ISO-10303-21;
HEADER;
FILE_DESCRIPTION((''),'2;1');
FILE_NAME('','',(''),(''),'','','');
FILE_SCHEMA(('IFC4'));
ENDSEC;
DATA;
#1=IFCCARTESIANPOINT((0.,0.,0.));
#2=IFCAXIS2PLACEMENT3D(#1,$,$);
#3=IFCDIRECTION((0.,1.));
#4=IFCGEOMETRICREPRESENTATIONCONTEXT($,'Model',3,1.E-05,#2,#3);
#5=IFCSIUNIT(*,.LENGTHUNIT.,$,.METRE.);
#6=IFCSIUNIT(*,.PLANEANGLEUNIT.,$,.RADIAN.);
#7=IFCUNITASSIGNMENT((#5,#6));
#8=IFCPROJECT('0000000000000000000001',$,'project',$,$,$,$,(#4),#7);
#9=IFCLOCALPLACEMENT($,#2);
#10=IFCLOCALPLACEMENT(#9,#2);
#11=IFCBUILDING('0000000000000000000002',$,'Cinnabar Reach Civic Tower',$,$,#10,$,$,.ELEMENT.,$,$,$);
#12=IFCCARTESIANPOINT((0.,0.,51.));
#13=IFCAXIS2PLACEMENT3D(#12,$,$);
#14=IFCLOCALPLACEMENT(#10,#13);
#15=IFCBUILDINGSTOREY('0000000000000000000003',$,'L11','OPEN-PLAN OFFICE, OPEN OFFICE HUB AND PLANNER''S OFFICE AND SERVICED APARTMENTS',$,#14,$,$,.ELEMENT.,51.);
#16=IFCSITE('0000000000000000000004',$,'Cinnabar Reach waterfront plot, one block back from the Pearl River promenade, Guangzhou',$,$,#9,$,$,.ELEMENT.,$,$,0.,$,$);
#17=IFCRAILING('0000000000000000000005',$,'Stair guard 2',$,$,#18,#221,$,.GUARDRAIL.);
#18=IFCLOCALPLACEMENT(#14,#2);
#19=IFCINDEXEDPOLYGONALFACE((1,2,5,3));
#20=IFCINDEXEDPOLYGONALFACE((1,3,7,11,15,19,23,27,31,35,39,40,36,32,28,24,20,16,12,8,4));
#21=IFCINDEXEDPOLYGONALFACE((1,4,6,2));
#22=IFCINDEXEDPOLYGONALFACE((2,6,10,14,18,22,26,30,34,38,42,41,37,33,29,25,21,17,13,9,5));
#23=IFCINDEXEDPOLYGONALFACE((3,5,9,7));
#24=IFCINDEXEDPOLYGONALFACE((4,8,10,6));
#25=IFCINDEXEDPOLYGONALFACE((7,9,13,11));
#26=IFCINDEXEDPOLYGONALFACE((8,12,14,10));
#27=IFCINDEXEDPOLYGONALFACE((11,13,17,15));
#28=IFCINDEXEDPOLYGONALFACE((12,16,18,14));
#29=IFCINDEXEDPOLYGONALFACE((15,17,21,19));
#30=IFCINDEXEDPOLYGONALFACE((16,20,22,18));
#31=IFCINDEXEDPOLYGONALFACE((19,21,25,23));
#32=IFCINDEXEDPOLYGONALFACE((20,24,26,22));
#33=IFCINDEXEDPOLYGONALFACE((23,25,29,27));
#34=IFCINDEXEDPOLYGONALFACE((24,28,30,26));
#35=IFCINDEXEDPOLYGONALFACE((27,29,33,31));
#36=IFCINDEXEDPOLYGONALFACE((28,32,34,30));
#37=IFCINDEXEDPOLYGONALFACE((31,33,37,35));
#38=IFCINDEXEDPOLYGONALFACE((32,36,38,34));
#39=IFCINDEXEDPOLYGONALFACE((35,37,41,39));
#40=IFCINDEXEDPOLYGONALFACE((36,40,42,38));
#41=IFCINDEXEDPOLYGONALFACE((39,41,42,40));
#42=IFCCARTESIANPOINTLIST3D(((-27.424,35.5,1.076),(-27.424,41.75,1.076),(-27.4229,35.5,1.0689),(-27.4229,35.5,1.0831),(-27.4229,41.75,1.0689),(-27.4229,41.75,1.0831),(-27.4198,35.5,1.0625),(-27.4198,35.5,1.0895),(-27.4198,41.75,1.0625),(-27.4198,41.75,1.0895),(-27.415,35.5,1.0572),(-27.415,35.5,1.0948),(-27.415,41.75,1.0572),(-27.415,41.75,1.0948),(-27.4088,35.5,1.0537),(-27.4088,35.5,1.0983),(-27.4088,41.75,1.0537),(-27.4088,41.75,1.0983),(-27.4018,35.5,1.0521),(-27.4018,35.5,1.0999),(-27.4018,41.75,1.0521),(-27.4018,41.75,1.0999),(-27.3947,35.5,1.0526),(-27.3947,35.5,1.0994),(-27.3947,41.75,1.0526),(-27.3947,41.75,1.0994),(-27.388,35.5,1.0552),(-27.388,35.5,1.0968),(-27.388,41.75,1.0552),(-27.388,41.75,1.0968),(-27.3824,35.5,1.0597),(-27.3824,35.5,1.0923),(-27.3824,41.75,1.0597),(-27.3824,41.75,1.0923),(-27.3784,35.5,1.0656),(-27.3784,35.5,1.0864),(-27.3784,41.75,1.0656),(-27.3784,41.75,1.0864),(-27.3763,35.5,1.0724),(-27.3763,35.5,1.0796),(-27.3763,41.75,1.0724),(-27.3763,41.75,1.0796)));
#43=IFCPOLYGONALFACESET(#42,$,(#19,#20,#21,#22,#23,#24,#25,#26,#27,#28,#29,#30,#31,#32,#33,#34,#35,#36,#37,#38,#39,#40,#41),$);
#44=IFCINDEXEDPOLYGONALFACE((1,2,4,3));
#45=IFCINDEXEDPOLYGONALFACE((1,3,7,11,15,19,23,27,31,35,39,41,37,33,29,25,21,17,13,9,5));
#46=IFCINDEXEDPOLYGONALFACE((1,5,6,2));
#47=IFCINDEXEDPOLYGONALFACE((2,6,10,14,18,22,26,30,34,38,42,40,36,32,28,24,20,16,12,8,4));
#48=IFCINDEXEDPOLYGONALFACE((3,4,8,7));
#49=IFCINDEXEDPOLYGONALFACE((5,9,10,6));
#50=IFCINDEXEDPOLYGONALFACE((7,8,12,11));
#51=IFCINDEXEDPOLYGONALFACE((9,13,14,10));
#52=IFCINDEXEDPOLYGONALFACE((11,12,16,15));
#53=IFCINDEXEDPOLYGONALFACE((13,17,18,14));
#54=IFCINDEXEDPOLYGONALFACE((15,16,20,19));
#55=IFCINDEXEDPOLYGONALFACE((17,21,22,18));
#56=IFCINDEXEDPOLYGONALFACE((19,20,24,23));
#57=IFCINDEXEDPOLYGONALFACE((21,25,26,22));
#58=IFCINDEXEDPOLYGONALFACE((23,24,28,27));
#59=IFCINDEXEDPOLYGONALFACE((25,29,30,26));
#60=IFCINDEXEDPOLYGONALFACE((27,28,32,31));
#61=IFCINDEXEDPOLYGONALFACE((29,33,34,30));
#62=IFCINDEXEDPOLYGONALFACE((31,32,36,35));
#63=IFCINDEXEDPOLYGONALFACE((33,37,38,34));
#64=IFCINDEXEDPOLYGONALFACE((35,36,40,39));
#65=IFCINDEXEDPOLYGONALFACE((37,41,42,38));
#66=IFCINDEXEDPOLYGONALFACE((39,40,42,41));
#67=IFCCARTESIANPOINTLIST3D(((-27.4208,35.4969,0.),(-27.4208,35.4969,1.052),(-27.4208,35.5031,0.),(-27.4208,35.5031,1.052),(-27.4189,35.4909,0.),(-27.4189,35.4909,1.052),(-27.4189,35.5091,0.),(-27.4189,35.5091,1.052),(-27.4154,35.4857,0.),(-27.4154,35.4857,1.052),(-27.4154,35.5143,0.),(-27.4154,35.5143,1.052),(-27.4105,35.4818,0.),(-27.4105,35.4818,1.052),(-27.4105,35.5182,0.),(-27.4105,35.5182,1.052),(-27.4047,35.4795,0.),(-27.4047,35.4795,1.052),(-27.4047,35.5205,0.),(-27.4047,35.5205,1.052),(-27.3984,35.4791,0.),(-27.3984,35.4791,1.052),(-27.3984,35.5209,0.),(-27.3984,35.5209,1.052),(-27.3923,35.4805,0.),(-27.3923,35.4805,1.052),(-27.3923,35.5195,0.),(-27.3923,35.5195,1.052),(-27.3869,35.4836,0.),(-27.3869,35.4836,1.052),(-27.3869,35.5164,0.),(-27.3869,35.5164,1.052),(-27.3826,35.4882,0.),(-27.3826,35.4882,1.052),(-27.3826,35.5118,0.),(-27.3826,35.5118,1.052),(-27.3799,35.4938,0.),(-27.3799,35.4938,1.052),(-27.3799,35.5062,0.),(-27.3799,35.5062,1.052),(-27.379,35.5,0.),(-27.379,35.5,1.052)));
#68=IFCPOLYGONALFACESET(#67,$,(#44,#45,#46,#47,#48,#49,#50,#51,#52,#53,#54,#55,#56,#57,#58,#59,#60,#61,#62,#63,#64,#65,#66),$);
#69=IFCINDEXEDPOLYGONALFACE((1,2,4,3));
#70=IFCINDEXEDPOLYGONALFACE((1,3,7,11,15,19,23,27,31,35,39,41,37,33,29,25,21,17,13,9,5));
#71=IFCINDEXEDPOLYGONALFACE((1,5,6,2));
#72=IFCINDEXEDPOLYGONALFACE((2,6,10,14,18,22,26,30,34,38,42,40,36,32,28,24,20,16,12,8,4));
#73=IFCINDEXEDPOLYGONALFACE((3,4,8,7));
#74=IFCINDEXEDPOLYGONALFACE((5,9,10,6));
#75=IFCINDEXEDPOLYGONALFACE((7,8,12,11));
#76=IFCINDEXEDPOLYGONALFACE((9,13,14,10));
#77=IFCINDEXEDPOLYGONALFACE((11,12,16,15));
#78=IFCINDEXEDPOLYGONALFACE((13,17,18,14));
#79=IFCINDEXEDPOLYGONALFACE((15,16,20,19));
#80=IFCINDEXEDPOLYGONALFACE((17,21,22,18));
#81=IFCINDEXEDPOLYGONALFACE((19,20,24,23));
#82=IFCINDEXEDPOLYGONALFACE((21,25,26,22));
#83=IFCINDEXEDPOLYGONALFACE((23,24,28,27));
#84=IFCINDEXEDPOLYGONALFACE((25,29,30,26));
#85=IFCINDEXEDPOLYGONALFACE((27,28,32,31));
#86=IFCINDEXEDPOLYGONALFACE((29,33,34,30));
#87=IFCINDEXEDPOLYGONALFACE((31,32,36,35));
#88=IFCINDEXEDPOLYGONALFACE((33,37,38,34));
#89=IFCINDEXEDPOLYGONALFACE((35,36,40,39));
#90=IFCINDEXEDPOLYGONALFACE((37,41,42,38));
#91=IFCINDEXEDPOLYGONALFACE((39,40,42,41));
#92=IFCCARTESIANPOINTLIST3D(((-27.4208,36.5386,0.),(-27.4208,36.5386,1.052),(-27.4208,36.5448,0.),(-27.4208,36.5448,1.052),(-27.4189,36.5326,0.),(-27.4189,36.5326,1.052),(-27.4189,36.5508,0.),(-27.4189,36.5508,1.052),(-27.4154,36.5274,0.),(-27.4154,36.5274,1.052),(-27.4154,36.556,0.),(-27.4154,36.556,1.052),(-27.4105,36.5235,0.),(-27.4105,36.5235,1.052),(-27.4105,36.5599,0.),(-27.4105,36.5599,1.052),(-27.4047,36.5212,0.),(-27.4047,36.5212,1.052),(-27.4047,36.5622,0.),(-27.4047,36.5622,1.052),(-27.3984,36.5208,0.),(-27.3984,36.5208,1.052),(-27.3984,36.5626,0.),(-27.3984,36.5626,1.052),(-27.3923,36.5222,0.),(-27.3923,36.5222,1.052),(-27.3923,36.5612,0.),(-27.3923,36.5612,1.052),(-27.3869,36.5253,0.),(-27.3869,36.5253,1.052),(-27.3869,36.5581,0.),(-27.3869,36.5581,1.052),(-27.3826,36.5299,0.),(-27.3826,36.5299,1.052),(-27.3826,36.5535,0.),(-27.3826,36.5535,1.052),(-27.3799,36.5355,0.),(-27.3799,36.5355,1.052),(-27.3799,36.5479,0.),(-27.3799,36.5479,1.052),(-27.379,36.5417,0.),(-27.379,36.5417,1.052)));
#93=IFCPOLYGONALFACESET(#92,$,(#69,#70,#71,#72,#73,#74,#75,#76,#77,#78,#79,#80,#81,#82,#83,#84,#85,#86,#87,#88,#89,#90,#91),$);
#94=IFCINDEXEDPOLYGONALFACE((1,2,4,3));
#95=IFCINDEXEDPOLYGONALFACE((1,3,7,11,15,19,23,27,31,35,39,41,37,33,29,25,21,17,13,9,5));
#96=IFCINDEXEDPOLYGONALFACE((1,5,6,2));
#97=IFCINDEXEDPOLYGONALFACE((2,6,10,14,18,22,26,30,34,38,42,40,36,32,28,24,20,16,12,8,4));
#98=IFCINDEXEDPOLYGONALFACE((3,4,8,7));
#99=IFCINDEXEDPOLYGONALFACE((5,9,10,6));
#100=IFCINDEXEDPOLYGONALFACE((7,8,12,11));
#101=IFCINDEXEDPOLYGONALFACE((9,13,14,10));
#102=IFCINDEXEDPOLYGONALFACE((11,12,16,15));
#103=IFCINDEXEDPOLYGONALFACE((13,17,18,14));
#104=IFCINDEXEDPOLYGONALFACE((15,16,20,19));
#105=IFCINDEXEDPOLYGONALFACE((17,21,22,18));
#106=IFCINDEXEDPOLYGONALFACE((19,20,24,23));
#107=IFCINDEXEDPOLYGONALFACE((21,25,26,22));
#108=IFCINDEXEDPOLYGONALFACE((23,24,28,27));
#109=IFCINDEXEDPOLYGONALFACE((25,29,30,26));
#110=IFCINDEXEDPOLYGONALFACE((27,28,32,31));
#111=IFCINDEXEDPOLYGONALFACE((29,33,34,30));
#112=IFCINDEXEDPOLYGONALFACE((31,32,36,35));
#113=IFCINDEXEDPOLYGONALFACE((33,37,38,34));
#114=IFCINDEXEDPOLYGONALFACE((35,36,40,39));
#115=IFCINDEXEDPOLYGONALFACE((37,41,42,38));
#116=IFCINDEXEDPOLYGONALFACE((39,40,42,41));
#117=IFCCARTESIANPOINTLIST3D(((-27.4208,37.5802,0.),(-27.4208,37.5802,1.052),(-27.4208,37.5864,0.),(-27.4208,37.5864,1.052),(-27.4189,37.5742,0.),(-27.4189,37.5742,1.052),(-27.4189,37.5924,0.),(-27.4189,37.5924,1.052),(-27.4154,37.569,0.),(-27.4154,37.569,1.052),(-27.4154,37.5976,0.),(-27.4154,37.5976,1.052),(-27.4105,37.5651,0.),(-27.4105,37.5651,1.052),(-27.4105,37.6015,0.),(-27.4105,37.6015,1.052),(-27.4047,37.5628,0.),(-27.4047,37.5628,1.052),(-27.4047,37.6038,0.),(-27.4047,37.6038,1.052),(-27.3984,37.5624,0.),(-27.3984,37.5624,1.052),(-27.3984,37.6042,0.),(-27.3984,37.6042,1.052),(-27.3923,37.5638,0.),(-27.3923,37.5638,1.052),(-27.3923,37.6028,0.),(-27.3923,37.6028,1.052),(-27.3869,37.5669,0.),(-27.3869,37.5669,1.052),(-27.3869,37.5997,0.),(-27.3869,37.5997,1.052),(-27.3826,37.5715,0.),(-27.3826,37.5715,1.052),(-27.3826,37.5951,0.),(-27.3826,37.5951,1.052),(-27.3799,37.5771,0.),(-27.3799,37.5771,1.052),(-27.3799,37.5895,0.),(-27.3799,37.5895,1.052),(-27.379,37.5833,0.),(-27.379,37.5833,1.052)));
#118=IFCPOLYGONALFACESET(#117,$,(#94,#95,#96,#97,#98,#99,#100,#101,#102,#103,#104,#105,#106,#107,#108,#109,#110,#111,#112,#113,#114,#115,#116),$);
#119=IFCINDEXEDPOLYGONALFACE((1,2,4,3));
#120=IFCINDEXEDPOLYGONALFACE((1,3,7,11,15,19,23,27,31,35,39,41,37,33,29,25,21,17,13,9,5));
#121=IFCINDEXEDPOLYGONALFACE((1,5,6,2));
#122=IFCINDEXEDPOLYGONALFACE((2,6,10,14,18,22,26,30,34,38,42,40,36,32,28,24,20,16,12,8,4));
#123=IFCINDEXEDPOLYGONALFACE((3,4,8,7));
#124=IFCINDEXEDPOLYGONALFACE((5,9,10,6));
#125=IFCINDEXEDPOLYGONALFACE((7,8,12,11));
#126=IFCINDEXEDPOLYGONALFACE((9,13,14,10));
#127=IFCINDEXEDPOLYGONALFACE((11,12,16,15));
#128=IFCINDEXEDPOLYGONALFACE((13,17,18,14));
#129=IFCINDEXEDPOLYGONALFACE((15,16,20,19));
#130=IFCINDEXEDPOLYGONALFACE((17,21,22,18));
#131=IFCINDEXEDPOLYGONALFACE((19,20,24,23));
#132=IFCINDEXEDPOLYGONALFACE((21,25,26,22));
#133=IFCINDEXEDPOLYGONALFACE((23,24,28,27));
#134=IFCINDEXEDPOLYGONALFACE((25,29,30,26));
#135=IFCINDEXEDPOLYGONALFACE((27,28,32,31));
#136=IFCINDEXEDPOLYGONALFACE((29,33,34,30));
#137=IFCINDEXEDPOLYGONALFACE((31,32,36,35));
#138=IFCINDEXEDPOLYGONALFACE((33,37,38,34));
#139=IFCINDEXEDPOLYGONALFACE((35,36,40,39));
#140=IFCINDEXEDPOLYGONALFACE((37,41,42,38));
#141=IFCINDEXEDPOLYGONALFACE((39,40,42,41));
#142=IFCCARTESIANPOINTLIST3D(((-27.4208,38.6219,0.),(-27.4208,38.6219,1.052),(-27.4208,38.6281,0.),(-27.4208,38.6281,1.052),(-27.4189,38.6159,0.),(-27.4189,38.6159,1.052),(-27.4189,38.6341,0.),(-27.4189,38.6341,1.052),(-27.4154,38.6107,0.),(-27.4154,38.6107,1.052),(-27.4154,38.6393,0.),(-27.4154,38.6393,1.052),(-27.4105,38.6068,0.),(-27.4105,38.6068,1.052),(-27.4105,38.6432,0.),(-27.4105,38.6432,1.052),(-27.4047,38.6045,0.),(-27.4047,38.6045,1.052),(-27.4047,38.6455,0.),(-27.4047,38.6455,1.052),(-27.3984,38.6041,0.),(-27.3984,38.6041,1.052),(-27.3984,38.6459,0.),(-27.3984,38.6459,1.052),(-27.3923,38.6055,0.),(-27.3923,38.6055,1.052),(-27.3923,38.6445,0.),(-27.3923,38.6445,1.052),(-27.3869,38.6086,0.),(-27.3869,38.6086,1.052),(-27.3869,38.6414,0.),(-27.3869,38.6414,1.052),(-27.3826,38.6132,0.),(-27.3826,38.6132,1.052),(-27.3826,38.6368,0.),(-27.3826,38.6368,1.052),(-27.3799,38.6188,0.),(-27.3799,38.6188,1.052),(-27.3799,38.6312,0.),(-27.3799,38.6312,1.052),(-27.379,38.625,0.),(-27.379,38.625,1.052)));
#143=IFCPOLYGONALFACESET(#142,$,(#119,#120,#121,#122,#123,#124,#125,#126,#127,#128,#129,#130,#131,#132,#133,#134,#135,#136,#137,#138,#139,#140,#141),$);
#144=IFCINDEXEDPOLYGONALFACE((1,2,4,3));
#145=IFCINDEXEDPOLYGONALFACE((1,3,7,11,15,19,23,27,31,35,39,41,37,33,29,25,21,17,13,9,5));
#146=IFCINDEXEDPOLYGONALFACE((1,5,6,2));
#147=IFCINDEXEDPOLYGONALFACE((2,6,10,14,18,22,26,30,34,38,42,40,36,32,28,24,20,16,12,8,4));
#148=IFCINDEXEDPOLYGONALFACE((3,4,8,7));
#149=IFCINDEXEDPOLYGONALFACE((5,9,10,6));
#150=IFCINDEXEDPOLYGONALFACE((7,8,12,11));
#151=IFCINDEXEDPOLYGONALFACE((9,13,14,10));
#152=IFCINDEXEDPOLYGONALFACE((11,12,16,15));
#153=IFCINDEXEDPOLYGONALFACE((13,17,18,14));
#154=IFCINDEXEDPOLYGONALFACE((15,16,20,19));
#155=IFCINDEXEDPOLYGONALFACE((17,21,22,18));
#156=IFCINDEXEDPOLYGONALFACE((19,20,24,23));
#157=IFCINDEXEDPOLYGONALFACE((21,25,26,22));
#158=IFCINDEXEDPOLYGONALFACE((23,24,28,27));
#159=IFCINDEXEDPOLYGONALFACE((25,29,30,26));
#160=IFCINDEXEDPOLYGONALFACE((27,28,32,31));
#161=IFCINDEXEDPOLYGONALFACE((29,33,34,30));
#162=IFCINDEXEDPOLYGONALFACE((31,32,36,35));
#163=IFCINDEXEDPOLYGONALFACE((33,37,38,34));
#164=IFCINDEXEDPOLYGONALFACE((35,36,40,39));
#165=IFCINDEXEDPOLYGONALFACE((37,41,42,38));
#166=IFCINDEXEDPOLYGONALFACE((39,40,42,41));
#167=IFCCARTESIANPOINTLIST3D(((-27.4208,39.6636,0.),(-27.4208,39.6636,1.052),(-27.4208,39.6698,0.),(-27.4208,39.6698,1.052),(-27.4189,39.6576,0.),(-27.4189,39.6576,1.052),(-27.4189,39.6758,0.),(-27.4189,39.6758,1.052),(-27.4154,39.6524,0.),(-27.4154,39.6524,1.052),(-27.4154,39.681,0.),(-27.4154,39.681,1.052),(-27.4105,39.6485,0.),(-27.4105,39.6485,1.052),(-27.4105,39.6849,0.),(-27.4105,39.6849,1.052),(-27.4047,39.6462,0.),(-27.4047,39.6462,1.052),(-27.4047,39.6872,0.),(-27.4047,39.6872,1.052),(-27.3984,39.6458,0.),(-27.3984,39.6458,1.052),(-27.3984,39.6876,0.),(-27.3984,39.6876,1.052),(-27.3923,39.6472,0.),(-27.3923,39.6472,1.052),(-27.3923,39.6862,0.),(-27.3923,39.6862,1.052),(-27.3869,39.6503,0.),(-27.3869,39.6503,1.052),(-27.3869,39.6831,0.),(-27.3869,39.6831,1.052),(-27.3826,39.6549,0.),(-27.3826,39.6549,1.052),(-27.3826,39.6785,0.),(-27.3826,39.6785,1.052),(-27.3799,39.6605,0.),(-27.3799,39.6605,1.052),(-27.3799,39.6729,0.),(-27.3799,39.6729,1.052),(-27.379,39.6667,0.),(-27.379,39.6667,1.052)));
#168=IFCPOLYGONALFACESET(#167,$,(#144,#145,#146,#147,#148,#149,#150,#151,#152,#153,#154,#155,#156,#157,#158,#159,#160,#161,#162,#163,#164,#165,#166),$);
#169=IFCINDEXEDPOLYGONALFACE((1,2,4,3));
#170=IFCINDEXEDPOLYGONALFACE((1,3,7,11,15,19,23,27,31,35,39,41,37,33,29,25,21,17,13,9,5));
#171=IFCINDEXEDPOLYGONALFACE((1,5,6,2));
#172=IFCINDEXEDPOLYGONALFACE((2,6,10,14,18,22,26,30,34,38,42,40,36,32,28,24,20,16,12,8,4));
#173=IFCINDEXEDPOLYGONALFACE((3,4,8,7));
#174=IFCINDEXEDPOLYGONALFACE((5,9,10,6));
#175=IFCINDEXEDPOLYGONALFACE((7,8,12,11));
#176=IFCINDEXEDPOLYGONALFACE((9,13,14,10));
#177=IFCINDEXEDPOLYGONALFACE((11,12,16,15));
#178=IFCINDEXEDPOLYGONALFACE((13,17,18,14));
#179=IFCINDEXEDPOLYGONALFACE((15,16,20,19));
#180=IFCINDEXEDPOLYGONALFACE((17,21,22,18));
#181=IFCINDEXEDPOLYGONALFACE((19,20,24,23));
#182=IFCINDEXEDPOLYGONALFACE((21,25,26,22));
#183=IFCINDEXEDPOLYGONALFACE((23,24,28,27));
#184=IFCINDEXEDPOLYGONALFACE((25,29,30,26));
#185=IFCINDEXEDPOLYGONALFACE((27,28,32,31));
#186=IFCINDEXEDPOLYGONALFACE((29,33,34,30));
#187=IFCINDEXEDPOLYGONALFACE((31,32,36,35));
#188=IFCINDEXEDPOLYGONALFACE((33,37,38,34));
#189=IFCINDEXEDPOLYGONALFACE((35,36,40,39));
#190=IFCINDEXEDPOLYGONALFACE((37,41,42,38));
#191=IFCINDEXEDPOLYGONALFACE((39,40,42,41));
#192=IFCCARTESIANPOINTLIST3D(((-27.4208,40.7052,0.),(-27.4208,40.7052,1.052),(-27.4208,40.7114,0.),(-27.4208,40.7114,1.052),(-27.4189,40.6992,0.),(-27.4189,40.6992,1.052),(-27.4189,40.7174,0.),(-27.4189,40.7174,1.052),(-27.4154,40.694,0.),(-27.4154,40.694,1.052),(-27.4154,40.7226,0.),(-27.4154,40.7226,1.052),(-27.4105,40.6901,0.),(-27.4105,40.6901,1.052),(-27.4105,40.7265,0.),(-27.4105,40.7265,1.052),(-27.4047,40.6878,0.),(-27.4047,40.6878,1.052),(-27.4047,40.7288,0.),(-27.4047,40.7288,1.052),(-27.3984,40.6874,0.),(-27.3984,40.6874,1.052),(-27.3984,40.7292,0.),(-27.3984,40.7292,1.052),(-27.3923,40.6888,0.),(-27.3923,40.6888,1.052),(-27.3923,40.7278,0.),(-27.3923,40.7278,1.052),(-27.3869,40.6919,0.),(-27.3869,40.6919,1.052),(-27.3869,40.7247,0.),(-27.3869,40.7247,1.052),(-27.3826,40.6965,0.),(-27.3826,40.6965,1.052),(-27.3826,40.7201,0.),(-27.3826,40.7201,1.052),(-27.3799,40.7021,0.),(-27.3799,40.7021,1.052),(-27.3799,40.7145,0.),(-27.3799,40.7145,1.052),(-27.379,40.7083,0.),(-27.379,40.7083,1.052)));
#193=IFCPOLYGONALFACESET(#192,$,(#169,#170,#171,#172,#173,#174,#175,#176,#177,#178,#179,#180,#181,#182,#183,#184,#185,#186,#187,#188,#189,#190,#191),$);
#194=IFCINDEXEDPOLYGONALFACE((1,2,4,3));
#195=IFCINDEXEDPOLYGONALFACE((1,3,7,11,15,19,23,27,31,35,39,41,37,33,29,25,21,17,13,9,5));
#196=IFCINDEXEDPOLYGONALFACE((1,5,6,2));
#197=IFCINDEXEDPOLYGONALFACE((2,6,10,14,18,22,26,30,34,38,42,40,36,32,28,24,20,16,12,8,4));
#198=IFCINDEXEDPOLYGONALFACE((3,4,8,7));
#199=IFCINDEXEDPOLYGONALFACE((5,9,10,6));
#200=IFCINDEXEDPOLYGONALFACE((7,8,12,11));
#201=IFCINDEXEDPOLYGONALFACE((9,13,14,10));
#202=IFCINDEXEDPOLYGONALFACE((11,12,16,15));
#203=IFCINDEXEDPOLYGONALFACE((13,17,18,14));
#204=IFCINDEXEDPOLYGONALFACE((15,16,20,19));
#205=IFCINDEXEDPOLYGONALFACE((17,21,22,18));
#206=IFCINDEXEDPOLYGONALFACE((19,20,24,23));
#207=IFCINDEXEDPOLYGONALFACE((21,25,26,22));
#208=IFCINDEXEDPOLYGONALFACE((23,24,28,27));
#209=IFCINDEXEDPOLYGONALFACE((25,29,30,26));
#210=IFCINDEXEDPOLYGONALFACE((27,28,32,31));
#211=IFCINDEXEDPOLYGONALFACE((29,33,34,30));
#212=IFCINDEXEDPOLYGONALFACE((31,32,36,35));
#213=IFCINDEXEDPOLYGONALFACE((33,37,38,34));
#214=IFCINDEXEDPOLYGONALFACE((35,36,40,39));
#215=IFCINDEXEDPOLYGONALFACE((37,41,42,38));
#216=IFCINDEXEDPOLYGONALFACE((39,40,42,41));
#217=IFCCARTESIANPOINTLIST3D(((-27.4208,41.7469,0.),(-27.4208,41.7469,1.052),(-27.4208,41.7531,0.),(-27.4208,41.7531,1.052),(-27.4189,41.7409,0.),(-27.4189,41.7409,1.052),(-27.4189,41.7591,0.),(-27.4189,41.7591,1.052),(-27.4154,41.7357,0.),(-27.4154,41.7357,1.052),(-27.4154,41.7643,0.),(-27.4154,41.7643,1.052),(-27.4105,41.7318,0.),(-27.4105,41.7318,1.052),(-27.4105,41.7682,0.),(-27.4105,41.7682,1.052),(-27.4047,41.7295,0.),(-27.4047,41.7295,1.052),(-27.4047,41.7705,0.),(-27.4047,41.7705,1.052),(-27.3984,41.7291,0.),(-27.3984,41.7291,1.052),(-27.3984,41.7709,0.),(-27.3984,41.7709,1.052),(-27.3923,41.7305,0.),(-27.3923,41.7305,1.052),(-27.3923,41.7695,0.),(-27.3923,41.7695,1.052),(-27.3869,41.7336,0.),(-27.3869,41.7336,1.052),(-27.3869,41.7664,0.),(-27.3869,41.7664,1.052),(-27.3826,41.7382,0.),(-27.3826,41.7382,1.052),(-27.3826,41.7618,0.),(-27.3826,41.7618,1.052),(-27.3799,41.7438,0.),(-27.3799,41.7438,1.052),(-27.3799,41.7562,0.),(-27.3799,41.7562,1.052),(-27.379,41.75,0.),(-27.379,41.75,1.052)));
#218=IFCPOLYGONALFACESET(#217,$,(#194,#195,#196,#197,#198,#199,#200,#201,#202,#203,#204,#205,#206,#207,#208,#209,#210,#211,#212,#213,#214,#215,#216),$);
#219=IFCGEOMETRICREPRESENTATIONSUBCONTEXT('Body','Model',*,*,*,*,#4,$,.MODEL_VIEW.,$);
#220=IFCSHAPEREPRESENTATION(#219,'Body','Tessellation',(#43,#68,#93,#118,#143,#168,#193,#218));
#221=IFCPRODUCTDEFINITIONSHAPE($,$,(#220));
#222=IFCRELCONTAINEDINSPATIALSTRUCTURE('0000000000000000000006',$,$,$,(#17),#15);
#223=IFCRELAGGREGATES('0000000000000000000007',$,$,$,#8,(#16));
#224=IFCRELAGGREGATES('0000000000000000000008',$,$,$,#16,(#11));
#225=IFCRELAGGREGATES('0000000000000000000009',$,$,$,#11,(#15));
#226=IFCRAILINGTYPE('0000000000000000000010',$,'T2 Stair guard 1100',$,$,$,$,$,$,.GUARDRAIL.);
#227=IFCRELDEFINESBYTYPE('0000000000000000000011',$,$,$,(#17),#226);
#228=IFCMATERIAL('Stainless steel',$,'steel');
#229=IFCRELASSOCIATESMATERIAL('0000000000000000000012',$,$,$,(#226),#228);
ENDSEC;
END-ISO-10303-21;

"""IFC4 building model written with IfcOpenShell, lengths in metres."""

from ifc_helpers import new_model, si_unit, direction, frame, origin, origin_2d, place, context, subcontext, project, spatial, circle, extrude, material, type_object, element, save


model = new_model("IFC4")

# Units and contexts
model_context = context("Model", 3, precision=1e-05, world=origin(), true_north=direction((0.0, 1.0)))
body_context = subcontext(model_context, "Body", "Model", "MODEL_VIEW")
ifc_project = project(units=[si_unit("LENGTHUNIT", "METRE"), si_unit("PLANEANGLEUNIT", "RADIAN")], contexts=[model_context])

# Site, building, storey
site_placement = place(None, origin())
site = spatial("IfcSite", under=ifc_project, at=site_placement, Name="Cinnabar Reach waterfront plot, one block back from the Pearl River promenade, Guangzhou", CompositionType="ELEMENT", RefElevation=0.0)
building_placement = place(site_placement, origin())
building = spatial("IfcBuilding", under=site, at=building_placement, Name="Cinnabar Reach Civic Tower", CompositionType="ELEMENT")
storey_placement = place(building_placement, frame((0.0, 0.0, 51.0)))
storey = spatial("IfcBuildingStorey", under=building, at=storey_placement, Name="L11", Description="OPEN-PLAN OFFICE, OPEN OFFICE HUB AND PLANNER'S OFFICE AND SERVICED APARTMENTS", CompositionType="ELEMENT", Elevation=51.0)

# Railing
ifc_material_1 = material(Name="Stainless steel", Category="steel")
railing_type = type_object("IfcRailingType", Name="T2 Stair guard 1100", PredefinedType="GUARDRAIL", material=ifc_material_1)
for number, where, name in (
    (1, (-27.4, 35.5, 0.0), "Stair guard 2"),
):
    element("IfcRailing", number, at=place(storey_placement, frame(where)), inside=storey, type_object=railing_type, Name=name, PredefinedType="GUARDRAIL", context=body_context, shape_type="SweptSolid", body=[
        extrude(circle(Radius=0.024, at=origin_2d()), frame((0.0, 0.0, 1.076), z_axis=(0.0, 1.0, 0.0), x_axis=(-1.0, 0.0, 0.0)), (0.0, 0.0, 1.0), 6.25),
        extrude(circle(Radius=0.021, at=origin_2d()), origin(), (0.0, 0.0, 1.0), 1.052),
        extrude(circle(Radius=0.021, at=origin_2d()), frame((0.0, 1.0417, 0.0)), (0.0, 0.0, 1.0), 1.052),
        extrude(circle(Radius=0.021, at=origin_2d()), frame((0.0, 2.0833, 0.0)), (0.0, 0.0, 1.0), 1.052),
        extrude(circle(Radius=0.021, at=origin_2d()), frame((0.0, 3.125, 0.0)), (0.0, 0.0, 1.0), 1.052),
        extrude(circle(Radius=0.021, at=origin_2d()), frame((0.0, 4.1667, 0.0)), (0.0, 0.0, 1.0), 1.052),
        extrude(circle(Radius=0.021, at=origin_2d()), frame((0.0, 5.2083, 0.0)), (0.0, 0.0, 1.0), 1.052),
        extrude(circle(Radius=0.021, at=origin_2d()), frame((0.0, 6.25, 0.0)), (0.0, 0.0, 1.0), 1.052),
    ])

save(model, "model.ifc")
